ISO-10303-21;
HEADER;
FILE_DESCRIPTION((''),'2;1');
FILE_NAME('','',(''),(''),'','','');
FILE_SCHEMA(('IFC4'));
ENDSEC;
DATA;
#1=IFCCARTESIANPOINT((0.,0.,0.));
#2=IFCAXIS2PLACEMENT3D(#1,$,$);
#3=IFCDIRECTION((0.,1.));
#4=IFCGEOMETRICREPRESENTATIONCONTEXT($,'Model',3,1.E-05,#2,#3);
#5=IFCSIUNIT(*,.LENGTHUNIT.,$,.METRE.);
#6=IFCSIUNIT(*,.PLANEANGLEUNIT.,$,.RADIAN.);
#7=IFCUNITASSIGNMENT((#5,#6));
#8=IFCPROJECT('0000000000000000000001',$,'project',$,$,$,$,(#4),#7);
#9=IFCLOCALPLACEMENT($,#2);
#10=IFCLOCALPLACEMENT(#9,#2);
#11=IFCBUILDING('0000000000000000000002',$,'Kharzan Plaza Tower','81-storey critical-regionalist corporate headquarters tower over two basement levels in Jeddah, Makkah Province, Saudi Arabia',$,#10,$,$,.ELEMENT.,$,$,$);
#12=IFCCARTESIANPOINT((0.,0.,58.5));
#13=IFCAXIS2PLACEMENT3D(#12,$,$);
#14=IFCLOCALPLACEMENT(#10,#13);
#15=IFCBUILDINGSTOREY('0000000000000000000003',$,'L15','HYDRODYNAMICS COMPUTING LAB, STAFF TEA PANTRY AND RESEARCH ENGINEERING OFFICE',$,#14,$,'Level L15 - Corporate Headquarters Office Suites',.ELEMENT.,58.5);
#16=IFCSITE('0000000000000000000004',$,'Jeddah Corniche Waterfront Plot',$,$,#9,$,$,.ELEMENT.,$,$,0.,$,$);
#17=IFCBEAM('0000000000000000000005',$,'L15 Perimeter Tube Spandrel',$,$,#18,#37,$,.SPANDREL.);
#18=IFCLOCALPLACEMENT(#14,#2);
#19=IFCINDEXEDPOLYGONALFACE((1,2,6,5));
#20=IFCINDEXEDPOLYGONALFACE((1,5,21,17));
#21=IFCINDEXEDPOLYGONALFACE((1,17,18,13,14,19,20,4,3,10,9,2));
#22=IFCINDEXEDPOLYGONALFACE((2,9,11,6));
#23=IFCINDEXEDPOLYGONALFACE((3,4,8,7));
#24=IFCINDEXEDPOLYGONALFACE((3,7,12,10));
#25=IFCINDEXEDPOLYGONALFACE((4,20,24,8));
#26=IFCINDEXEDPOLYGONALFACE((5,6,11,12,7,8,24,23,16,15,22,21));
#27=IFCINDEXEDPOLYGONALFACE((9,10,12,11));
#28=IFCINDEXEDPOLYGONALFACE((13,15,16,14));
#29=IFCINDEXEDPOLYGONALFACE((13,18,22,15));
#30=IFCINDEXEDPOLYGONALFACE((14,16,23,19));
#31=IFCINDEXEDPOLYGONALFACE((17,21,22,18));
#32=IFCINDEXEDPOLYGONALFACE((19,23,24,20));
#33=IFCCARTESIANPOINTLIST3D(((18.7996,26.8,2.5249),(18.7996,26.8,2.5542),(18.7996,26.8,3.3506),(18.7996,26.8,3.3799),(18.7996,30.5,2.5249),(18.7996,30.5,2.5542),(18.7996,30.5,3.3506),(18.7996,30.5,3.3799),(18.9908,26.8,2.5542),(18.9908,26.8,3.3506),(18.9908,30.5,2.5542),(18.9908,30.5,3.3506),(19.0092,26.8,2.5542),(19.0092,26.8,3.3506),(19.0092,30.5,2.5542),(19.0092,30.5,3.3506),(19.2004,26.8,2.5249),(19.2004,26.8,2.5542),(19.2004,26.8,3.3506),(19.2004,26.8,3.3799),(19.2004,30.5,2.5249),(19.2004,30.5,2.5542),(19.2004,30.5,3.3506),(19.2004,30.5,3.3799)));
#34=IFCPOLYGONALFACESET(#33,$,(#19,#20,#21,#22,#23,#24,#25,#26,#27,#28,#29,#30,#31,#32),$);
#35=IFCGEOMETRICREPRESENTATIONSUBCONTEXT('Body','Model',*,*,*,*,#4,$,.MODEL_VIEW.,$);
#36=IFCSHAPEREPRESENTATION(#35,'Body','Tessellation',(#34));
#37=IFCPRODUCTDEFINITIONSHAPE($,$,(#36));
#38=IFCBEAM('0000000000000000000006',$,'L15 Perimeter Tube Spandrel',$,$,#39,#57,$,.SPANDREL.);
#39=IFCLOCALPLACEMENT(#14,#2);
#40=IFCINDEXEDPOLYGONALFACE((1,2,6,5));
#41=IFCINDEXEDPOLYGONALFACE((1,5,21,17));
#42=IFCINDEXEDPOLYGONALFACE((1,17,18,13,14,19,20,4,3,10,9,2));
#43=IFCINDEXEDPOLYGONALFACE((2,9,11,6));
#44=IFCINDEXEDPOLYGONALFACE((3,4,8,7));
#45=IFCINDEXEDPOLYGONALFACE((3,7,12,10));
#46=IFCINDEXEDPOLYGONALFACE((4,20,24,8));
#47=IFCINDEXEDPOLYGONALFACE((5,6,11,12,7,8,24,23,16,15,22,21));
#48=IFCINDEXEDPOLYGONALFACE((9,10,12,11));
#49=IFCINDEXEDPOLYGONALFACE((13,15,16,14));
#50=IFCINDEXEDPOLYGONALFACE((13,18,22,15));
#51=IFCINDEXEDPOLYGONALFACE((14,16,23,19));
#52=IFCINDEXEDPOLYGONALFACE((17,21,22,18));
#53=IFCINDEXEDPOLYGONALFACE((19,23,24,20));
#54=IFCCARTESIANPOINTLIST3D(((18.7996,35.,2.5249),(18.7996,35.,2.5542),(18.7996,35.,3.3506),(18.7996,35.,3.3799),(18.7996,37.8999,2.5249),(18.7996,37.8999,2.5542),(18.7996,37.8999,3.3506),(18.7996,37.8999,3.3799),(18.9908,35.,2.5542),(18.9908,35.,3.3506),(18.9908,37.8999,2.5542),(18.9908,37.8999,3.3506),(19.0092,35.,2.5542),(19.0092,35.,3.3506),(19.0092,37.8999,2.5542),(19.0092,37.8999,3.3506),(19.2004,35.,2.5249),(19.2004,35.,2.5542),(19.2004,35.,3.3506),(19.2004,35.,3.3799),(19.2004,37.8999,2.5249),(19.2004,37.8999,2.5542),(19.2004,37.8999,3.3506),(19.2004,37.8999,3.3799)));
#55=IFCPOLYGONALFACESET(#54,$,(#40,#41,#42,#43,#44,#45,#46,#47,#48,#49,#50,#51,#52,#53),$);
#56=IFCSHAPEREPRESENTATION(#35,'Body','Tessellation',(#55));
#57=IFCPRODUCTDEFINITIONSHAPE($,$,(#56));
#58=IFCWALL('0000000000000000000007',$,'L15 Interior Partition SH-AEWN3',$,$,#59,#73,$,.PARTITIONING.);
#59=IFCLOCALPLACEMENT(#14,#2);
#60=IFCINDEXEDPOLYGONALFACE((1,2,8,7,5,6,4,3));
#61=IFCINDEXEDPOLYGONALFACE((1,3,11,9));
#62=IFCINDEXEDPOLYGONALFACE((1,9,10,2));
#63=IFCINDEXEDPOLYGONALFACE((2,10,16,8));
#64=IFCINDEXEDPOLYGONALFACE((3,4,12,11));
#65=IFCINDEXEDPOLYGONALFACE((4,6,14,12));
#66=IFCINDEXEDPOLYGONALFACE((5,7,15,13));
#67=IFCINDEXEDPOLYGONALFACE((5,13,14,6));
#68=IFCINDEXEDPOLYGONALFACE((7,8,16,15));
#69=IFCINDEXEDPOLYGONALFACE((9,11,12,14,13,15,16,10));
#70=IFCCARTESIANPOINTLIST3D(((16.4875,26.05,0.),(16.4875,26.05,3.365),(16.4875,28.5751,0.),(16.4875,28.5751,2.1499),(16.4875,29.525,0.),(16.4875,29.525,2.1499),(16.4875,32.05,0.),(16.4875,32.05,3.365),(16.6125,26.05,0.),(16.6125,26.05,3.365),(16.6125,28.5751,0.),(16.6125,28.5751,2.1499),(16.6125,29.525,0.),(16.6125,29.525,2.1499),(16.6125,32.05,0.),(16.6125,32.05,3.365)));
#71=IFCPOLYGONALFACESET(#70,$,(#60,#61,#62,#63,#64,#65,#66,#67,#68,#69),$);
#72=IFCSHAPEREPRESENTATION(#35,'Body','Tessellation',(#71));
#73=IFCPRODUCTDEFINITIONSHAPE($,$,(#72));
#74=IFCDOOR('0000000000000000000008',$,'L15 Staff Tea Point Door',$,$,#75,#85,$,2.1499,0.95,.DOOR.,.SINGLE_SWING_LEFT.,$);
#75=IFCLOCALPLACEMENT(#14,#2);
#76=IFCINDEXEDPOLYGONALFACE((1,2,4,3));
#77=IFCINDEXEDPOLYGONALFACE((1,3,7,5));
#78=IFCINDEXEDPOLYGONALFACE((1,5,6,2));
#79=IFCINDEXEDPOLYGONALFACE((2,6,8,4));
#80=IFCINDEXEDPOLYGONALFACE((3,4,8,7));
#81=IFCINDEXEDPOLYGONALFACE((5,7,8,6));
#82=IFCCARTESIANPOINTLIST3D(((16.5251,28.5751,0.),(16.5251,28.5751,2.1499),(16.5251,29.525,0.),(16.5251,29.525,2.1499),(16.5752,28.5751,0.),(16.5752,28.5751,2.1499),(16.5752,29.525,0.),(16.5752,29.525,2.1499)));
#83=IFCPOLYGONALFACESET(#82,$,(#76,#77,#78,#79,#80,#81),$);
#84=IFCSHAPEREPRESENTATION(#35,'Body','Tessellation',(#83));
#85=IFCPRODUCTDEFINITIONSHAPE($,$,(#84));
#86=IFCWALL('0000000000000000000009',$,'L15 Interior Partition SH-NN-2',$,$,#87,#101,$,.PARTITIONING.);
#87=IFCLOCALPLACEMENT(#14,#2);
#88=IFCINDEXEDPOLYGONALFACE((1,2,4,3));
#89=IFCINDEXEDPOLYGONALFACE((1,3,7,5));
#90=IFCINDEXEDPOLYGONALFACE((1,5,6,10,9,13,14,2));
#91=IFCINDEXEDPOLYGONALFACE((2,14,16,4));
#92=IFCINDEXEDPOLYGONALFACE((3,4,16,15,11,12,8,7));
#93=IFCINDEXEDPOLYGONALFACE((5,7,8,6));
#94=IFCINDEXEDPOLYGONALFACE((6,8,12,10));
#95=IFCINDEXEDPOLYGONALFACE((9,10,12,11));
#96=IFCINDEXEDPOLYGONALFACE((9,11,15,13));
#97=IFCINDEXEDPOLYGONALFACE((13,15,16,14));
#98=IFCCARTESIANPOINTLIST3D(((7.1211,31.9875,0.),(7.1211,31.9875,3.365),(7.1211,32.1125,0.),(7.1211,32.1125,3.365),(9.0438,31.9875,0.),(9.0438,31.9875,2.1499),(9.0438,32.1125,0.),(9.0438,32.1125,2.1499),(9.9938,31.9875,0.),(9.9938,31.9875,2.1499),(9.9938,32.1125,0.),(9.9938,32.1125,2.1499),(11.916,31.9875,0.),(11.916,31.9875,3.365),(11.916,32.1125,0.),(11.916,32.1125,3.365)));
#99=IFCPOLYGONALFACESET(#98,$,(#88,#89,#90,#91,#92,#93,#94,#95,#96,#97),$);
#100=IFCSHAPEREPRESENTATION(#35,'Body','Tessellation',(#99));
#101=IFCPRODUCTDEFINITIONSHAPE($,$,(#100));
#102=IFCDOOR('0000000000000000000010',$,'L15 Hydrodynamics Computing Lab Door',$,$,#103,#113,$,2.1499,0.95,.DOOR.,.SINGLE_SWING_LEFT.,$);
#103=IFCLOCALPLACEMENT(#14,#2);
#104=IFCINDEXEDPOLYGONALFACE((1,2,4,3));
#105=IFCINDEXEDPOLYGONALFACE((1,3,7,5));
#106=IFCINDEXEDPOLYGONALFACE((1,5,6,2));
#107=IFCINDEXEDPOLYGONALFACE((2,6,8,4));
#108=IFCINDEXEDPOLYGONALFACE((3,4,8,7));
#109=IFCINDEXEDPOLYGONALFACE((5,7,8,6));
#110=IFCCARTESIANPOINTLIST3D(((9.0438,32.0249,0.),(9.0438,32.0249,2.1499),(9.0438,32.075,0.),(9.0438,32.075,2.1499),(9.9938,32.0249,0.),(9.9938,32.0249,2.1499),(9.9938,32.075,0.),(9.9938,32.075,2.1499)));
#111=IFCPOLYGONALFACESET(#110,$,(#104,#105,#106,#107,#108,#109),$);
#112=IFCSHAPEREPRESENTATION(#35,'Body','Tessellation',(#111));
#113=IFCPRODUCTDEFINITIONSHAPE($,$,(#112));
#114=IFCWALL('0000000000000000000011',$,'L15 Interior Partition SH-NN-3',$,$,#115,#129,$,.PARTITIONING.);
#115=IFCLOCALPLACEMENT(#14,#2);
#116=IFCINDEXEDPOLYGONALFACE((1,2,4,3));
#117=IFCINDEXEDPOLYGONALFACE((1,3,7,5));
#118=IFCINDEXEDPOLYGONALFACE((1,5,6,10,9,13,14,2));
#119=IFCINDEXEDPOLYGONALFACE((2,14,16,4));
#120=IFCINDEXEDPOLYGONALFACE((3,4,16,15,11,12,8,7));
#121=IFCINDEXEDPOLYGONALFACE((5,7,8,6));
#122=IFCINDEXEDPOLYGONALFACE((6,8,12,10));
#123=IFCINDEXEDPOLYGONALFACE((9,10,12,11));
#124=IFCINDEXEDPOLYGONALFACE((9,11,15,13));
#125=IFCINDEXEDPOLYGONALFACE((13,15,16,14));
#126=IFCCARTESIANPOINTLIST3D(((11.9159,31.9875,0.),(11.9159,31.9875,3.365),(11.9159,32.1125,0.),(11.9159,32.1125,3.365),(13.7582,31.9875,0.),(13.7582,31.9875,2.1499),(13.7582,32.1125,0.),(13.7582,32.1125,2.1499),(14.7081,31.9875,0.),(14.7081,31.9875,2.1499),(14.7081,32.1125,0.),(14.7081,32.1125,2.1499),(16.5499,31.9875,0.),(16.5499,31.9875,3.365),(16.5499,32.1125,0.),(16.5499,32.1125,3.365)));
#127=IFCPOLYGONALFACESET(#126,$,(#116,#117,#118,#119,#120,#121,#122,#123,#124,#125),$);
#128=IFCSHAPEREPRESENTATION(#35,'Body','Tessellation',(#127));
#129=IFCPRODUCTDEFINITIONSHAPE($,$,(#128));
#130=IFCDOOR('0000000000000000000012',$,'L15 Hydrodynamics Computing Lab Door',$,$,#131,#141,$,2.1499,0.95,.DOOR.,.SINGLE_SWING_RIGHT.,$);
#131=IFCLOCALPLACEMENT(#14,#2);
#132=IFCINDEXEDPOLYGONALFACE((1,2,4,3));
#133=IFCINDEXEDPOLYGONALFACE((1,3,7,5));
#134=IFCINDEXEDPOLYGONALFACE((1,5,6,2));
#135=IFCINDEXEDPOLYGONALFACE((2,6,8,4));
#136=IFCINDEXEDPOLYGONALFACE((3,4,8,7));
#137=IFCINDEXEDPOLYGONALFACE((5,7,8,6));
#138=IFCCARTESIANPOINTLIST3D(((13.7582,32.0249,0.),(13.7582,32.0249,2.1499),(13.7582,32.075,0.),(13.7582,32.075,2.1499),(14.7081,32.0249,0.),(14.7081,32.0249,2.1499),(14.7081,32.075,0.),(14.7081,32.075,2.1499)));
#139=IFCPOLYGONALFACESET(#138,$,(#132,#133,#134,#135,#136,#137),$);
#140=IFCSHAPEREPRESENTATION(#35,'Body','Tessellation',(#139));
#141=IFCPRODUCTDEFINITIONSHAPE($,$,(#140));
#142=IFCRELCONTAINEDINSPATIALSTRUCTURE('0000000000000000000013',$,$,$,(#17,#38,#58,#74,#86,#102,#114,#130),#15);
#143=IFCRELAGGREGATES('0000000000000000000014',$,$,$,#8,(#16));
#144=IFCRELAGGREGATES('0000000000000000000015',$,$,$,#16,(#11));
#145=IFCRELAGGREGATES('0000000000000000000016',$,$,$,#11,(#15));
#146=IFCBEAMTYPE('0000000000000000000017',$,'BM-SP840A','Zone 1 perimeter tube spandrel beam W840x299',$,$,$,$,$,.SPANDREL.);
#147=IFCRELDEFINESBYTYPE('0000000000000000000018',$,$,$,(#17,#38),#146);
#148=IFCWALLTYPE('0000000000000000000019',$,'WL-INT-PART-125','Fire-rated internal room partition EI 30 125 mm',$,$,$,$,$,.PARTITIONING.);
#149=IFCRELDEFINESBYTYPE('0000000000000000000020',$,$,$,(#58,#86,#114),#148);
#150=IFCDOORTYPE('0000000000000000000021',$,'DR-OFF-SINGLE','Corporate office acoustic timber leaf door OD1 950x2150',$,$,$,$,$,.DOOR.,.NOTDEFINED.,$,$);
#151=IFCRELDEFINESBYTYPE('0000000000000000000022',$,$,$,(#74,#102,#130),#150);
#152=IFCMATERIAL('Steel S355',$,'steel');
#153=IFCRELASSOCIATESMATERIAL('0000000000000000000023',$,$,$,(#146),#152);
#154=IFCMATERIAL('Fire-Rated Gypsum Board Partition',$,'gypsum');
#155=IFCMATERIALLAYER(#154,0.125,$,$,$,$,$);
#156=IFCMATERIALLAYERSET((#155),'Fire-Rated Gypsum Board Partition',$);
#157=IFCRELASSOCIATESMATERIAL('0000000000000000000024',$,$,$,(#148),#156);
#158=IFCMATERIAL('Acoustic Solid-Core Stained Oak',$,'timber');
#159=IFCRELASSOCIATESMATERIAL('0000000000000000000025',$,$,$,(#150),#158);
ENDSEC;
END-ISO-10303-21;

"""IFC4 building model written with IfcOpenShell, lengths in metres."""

from ifc_helpers import new_model, si_unit, direction, frame, frame_2d, origin, origin_2d, place, context, subcontext, project, spatial, rectangle, i_section, extrude, source, transform, mapped, material, layer, layer_set, material_profile, profile_set, type_object, element, fill, save


model = new_model("IFC4")

# Units and contexts
model_context = context("Model", 3, precision=1e-05, world=origin(), true_north=direction((0.0, 1.0)))
body_context = subcontext(model_context, "Body", "Model", "MODEL_VIEW")
ifc_project = project(units=[si_unit("LENGTHUNIT", "METRE"), si_unit("PLANEANGLEUNIT", "RADIAN")], contexts=[model_context])

# Site, building, storey
site_placement = place(None, origin())
site = spatial("IfcSite", under=ifc_project, at=site_placement, Name="Jeddah Corniche Waterfront Plot", CompositionType="ELEMENT", RefElevation=0.0)
building_placement = place(site_placement, origin())
building = spatial("IfcBuilding", under=site, at=building_placement, Name="Kharzan Plaza Tower", Description="81-storey critical-regionalist corporate headquarters tower over two basement levels in Jeddah, Makkah Province, Saudi Arabia", CompositionType="ELEMENT")
storey_placement = place(building_placement, frame((0.0, 0.0, 58.5)))
storey = spatial("IfcBuildingStorey", under=building, at=storey_placement, Name="L15", Description="HYDRODYNAMICS COMPUTING LAB, STAFF TEA PANTRY AND RESEARCH ENGINEERING OFFICE", LongName="Level L15 - Corporate Headquarters Office Suites", CompositionType="ELEMENT", Elevation=58.5)

# Beams
ifc_material_1 = material(Name="Steel S355", Category="steel")
ifc_material_profile_1 = material_profile(ifc_material_1, i_section(OverallWidth=0.4009, OverallDepth=0.855, WebThickness=0.0183, FlangeThickness=0.0293, at=origin_2d()), Name="W840x299")
ifc_profile_set_1 = profile_set([ifc_material_profile_1], Name="Steel S355")
beam_type_1 = type_object("IfcBeamType", Name="BM-SP840A", Description="Zone 1 perimeter tube spandrel beam W840x299", PredefinedType="SPANDREL", material=ifc_profile_set_1)
shared_shape_1 = source(origin(), body_context, "Body", "SweptSolid", [
    extrude(i_section(OverallWidth=0.4009, OverallDepth=0.855, WebThickness=0.0183, FlangeThickness=0.0293, at=origin_2d()), origin(), (0.0, 0.0, 1.0), 3.7),
])
beam_1_placement = place(storey_placement, frame((19.0, 26.8, 2.9524), z_axis=(0.0, 1.0, 0.0), x_axis=(-1.0, 0.0, 0.0)))
element("IfcBeam", 1, at=beam_1_placement, inside=storey, type_object=beam_type_1, Name="L15 Perimeter Tube Spandrel", PredefinedType="SPANDREL", context=body_context, shape_type="MappedRepresentation", body=[
    mapped(shared_shape_1, transform((0.0, 0.0, 0.0), x_axis=(1.0, 0.0, 0.0), y_axis=(0.0, 1.0, 0.0), z_axis=(0.0, 0.0, 1.0))),
])
shared_shape_2 = source(origin(), body_context, "Body", "SweptSolid", [
    extrude(i_section(OverallWidth=0.4009, OverallDepth=0.855, WebThickness=0.0183, FlangeThickness=0.0293, at=origin_2d()), origin(), (0.0, 0.0, 1.0), 2.8999),
])
beam_2_placement = place(storey_placement, frame((19.0, 35.0, 2.9524), z_axis=(0.0, 1.0, 0.0), x_axis=(-1.0, 0.0, 0.0)))
element("IfcBeam", 2, at=beam_2_placement, inside=storey, type_object=beam_type_1, Name="L15 Perimeter Tube Spandrel", PredefinedType="SPANDREL", context=body_context, shape_type="MappedRepresentation", body=[
    mapped(shared_shape_2, transform((0.0, 0.0, 0.0), x_axis=(1.0, 0.0, 0.0), y_axis=(0.0, 1.0, 0.0), z_axis=(0.0, 0.0, 1.0))),
])

# Walls, openings, doors
ifc_material_2 = material(Name="Fire-Rated Gypsum Board Partition", Category="gypsum")
ifc_layer_1 = layer(ifc_material_2, 0.125)
ifc_layer_set_1 = layer_set([ifc_layer_1], Name="Fire-Rated Gypsum Board Partition")
wall_type_1 = type_object("IfcWallType", Name="WL-INT-PART-125", Description="Fire-rated internal room partition EI 30 125 mm", PredefinedType="PARTITIONING", material=ifc_layer_set_1)
wall_1_placement = place(storey_placement, frame((16.55, 26.05, 0.0), z_axis=(0.0, 0.0, 1.0), x_axis=(0.0, 1.0, 0.0)))
wall_1 = element("IfcWall", 3, at=wall_1_placement, inside=storey, type_object=wall_type_1, Name="L15 Interior Partition SH-AEWN3", PredefinedType="PARTITIONING", context=body_context, shape_type="SweptSolid", body=[
    extrude(rectangle(XDim=6.0, YDim=0.125, at=frame_2d((3.0, 0.0))), origin(), (0.0, 0.0, 1.0), 3.365),
])
opening_1_placement = place(wall_1_placement, frame((2.5249, 0.0, 0.0)))
opening_1 = element("IfcOpeningElement", 4, at=opening_1_placement, cuts=wall_1, PredefinedType="OPENING", context=body_context, shape_type="SweptSolid", body=[
    extrude(rectangle(XDim=0.95, YDim=2.1499, at=frame_2d((0.4751, 1.075))), frame((0.0, 0.0725, 0.0), z_axis=(0.0, -1.0, 0.0), x_axis=(1.0, 0.0, 0.0)), (0.0, 0.0, 1.0), 0.145),
])
ifc_material_3 = material(Name="Acoustic Solid-Core Stained Oak", Category="timber")
door_type_1 = type_object("IfcDoorType", Name="DR-OFF-SINGLE", Description="Corporate office acoustic timber leaf door OD1 950x2150", OperationType="NOTDEFINED", PredefinedType="DOOR", material=ifc_material_3)
shared_shape_3 = source(origin(), body_context, "Body", "SweptSolid", [
    extrude(rectangle(XDim=0.95, YDim=2.1499, at=frame_2d((0.4751, 1.075))), frame((0.0, 0.0249, 0.0), z_axis=(0.0, -1.0, 0.0), x_axis=(1.0, 0.0, 0.0)), (0.0, 0.0, 1.0), 0.05),
])
door_1_placement = place(opening_1_placement, origin())
door_1 = element("IfcDoor", 5, at=door_1_placement, inside=storey, type_object=door_type_1, Name="L15 Staff Tea Point Door", OperationType="SINGLE_SWING_LEFT", OverallHeight=2.1499, OverallWidth=0.95, PredefinedType="DOOR", context=body_context, shape_type="MappedRepresentation", body=[
    mapped(shared_shape_3, transform((0.0, 0.0, 0.0), x_axis=(1.0, 0.0, 0.0), y_axis=(0.0, 1.0, 0.0), z_axis=(0.0, 0.0, 1.0))),
])
fill(opening_1, door_1)
wall_2_placement = place(storey_placement, frame((7.1211, 32.05, 0.0), z_axis=(0.0, 0.0, 1.0), x_axis=(1.0, 0.0, 0.0)))
wall_2 = element("IfcWall", 6, at=wall_2_placement, inside=storey, type_object=wall_type_1, Name="L15 Interior Partition SH-NN-2", PredefinedType="PARTITIONING", context=body_context, shape_type="SweptSolid", body=[
    extrude(rectangle(XDim=4.7949, YDim=0.125, at=frame_2d((2.3975, 0.0))), origin(), (0.0, 0.0, 1.0), 3.365),
])
opening_2_placement = place(wall_2_placement, frame((1.9226, 0.0, 0.0)))
opening_2 = element("IfcOpeningElement", 7, at=opening_2_placement, cuts=wall_2, PredefinedType="OPENING", context=body_context, shape_type="SweptSolid", body=[
    extrude(rectangle(XDim=0.95, YDim=2.1499, at=frame_2d((0.4751, 1.075))), frame((0.0, 0.0725, 0.0), z_axis=(0.0, -1.0, 0.0), x_axis=(1.0, 0.0, 0.0)), (0.0, 0.0, 1.0), 0.145),
])
door_2_placement = place(opening_2_placement, origin())
door_2 = element("IfcDoor", 8, at=door_2_placement, inside=storey, type_object=door_type_1, Name="L15 Hydrodynamics Computing Lab Door", OperationType="SINGLE_SWING_LEFT", OverallHeight=2.1499, OverallWidth=0.95, PredefinedType="DOOR", context=body_context, shape_type="MappedRepresentation", body=[
    mapped(shared_shape_3, transform((0.0, 0.0, 0.0), x_axis=(1.0, 0.0, 0.0), y_axis=(0.0, 1.0, 0.0), z_axis=(0.0, 0.0, 1.0))),
])
fill(opening_2, door_2)
wall_3_placement = place(storey_placement, frame((11.916, 32.05, 0.0), z_axis=(0.0, 0.0, 1.0), x_axis=(1.0, 0.0, 0.0)))
wall_3 = element("IfcWall", 9, at=wall_3_placement, inside=storey, type_object=wall_type_1, Name="L15 Interior Partition SH-NN-3", PredefinedType="PARTITIONING", context=body_context, shape_type="SweptSolid", body=[
    extrude(rectangle(XDim=4.634, YDim=0.125, at=frame_2d((2.3169, 0.0))), origin(), (0.0, 0.0, 1.0), 3.365),
])
opening_3_placement = place(wall_3_placement, frame((1.842, 0.0, 0.0)))
opening_3 = element("IfcOpeningElement", 10, at=opening_3_placement, cuts=wall_3, PredefinedType="OPENING", context=body_context, shape_type="SweptSolid", body=[
    extrude(rectangle(XDim=0.95, YDim=2.1499, at=frame_2d((0.4751, 1.075))), frame((0.0, 0.0725, 0.0), z_axis=(0.0, -1.0, 0.0), x_axis=(1.0, 0.0, 0.0)), (0.0, 0.0, 1.0), 0.145),
])
door_3_placement = place(opening_3_placement, origin())
door_3 = element("IfcDoor", 11, at=door_3_placement, inside=storey, type_object=door_type_1, Name="L15 Hydrodynamics Computing Lab Door", OperationType="SINGLE_SWING_RIGHT", OverallHeight=2.1499, OverallWidth=0.95, PredefinedType="DOOR", context=body_context, shape_type="MappedRepresentation", body=[
    mapped(shared_shape_3, transform((0.0, 0.0, 0.0), x_axis=(1.0, 0.0, 0.0), y_axis=(0.0, 1.0, 0.0), z_axis=(0.0, 0.0, 1.0))),
])
fill(opening_3, door_3)

save(model, "model.ifc")
